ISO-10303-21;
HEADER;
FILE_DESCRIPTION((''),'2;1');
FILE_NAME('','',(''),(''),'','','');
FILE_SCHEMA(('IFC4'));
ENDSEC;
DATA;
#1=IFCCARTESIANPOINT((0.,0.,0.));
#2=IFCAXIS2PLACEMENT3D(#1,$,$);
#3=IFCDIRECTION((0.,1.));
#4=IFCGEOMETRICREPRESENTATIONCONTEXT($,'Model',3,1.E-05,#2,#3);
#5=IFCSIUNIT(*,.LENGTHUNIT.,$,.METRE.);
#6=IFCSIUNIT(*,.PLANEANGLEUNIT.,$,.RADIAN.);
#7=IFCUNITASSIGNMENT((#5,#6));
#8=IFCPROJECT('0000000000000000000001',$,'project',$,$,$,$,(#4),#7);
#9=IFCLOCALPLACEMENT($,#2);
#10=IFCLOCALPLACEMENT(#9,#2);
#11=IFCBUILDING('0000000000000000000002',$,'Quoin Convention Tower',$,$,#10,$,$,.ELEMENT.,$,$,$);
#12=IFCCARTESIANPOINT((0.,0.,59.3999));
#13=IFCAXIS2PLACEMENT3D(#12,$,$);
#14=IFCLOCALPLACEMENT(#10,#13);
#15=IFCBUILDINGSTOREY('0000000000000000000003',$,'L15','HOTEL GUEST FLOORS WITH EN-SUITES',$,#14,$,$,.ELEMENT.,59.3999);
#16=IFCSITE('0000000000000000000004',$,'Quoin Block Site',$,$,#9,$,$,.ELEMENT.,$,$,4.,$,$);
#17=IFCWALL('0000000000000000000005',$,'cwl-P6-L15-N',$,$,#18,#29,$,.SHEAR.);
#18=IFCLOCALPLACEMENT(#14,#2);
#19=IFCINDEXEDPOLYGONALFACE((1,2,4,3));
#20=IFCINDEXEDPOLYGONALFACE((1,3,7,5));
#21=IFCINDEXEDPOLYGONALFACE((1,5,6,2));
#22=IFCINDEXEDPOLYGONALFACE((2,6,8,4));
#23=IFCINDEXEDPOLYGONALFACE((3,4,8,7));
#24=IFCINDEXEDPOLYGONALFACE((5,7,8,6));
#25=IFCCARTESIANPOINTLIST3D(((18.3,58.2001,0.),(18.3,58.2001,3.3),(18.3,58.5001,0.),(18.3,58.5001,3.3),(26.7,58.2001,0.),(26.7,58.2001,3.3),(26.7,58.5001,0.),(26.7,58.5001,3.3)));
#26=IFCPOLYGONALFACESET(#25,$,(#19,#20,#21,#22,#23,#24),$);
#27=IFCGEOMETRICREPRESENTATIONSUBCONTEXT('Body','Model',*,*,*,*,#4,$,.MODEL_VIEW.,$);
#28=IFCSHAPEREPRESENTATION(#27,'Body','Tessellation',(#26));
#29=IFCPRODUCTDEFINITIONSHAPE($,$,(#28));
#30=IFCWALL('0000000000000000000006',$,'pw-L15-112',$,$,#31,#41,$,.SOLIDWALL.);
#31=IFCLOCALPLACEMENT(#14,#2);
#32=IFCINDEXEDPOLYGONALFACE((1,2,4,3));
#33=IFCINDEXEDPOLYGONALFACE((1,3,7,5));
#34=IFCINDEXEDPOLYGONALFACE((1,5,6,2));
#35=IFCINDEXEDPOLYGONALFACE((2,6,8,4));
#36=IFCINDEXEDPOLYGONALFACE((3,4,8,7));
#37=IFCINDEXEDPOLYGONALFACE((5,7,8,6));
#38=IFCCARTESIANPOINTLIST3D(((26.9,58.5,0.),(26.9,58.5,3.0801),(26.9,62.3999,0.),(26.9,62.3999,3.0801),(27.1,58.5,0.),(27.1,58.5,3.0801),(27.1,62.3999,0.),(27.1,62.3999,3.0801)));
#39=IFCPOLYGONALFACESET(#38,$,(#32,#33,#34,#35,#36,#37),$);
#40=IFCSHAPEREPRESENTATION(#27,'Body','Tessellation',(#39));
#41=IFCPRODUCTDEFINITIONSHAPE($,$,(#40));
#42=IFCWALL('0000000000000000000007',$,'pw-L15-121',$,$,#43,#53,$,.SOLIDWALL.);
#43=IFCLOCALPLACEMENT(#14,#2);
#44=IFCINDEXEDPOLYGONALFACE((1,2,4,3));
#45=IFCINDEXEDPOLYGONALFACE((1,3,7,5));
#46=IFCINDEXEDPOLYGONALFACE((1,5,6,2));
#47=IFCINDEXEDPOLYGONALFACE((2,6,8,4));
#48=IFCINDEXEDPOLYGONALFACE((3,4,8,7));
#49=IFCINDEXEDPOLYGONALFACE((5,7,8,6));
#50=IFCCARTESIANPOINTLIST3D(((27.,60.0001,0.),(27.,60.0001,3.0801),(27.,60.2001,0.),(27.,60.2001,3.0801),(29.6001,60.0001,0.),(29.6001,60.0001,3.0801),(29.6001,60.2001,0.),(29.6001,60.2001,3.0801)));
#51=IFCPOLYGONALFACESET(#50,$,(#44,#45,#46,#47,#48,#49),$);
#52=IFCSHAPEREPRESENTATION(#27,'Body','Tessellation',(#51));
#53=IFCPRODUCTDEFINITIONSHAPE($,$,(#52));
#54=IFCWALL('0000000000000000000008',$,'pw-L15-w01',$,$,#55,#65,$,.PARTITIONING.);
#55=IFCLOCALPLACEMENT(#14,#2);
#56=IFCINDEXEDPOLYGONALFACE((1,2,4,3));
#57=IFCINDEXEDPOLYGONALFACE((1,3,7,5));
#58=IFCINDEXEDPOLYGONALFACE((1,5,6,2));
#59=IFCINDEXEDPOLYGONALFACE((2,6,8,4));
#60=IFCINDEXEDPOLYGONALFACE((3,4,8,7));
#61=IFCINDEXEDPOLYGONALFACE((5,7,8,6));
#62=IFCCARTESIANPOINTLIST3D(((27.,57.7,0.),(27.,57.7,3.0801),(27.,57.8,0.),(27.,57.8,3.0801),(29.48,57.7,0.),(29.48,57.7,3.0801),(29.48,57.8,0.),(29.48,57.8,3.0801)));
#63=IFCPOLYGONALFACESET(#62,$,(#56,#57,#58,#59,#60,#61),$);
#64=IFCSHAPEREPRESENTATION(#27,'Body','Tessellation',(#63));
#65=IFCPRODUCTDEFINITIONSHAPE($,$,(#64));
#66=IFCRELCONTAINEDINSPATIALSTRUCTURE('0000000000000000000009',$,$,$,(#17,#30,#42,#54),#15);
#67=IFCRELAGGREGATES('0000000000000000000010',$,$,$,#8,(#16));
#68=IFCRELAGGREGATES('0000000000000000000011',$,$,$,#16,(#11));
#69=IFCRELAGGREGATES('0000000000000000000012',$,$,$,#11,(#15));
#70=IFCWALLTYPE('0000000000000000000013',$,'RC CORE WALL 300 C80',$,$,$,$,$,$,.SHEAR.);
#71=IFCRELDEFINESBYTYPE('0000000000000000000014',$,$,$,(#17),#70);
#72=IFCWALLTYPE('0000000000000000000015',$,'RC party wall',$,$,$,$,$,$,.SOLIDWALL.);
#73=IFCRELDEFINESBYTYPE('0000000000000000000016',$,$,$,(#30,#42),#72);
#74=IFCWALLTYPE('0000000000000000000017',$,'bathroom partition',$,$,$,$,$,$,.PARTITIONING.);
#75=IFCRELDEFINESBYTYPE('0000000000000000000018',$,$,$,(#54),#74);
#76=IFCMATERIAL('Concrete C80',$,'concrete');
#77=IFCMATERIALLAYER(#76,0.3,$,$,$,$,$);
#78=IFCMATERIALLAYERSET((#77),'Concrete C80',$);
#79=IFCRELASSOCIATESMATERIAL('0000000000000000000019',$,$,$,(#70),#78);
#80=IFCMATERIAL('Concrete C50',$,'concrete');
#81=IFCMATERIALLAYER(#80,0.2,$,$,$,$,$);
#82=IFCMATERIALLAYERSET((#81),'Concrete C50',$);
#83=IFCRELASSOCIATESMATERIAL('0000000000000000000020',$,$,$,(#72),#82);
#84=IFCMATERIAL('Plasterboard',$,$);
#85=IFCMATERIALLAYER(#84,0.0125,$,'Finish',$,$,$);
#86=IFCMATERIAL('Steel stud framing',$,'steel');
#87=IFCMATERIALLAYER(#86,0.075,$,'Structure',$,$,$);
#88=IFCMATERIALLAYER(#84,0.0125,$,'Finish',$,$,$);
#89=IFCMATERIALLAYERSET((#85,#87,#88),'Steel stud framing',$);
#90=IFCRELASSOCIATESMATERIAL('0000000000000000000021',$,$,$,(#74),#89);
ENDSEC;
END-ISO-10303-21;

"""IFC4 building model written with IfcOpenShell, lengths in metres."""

from ifc_helpers import new_model, si_unit, direction, frame, frame_2d, origin, place, context, subcontext, project, spatial, rectangle, extrude, material, layer, layer_set, type_object, element, save


model = new_model("IFC4")

# Units and contexts
model_context = context("Model", 3, precision=1e-05, world=origin(), true_north=direction((0.0, 1.0)))
body_context = subcontext(model_context, "Body", "Model", "MODEL_VIEW")
ifc_project = project(units=[si_unit("LENGTHUNIT", "METRE"), si_unit("PLANEANGLEUNIT", "RADIAN")], contexts=[model_context])

# Site, building, storey
site_placement = place(None, origin())
site = spatial("IfcSite", under=ifc_project, at=site_placement, Name="Quoin Block Site", CompositionType="ELEMENT", RefElevation=4.0)
building_placement = place(site_placement, origin())
building = spatial("IfcBuilding", under=site, at=building_placement, Name="Quoin Convention Tower", CompositionType="ELEMENT")
storey_placement = place(building_placement, frame((0.0, 0.0, 59.3999)))
storey = spatial("IfcBuildingStorey", under=building, at=storey_placement, Name="L15", Description="HOTEL GUEST FLOORS WITH EN-SUITES", CompositionType="ELEMENT", Elevation=59.3999)

# Shared definitions
ifc_material_1 = material(Name="Concrete C80", Category="concrete")

# Walls
ifc_layer_1 = layer(ifc_material_1, 0.3)
ifc_layer_set_1 = layer_set([ifc_layer_1], Name="Concrete C80")
wall_type_1 = type_object("IfcWallType", Name="RC CORE WALL 300 C80", PredefinedType="SHEAR", material=ifc_layer_set_1)
wall_1_placement = place(storey_placement, frame((18.3, 58.3501, 0.0), z_axis=(0.0, 0.0, 1.0), x_axis=(1.0, 0.0, 0.0)))
element("IfcWall", 1, at=wall_1_placement, inside=storey, type_object=wall_type_1, Name="cwl-P6-L15-N", PredefinedType="SHEAR", context=body_context, shape_type="SweptSolid", body=[
    extrude(rectangle(XDim=8.3999, YDim=0.3, at=frame_2d((4.2, 0.0))), origin(), (0.0, 0.0, 1.0), 3.3),
])
ifc_material_2 = material(Name="Concrete C50", Category="concrete")
ifc_layer_2 = layer(ifc_material_2, 0.2)
ifc_layer_set_2 = layer_set([ifc_layer_2], Name="Concrete C50")
wall_type_2 = type_object("IfcWallType", Name="RC party wall", PredefinedType="SOLIDWALL", material=ifc_layer_set_2)
wall_2_placement = place(storey_placement, frame((27.0, 58.5, 0.0), z_axis=(0.0, 0.0, 1.0), x_axis=(0.0, 1.0, 0.0)))
element("IfcWall", 2, at=wall_2_placement, inside=storey, type_object=wall_type_2, Name="pw-L15-112", PredefinedType="SOLIDWALL", context=body_context, shape_type="SweptSolid", body=[
    extrude(rectangle(XDim=3.8999, YDim=0.2, at=frame_2d((1.95, 0.0))), origin(), (0.0, 0.0, 1.0), 3.0801),
])
wall_3_placement = place(storey_placement, frame((27.0, 60.1001, 0.0), z_axis=(0.0, 0.0, 1.0), x_axis=(1.0, 0.0, 0.0)))
element("IfcWall", 3, at=wall_3_placement, inside=storey, type_object=wall_type_2, Name="pw-L15-121", PredefinedType="SOLIDWALL", context=body_context, shape_type="SweptSolid", body=[
    extrude(rectangle(XDim=2.6001, YDim=0.2, at=frame_2d((1.3, 0.0))), origin(), (0.0, 0.0, 1.0), 3.0801),
])
ifc_material_3 = material(Name="Plasterboard")
ifc_layer_3 = layer(ifc_material_3, 0.0125, Name="Finish")
ifc_material_4 = material(Name="Steel stud framing", Category="steel")
ifc_layer_4 = layer(ifc_material_4, 0.075, Name="Structure")
ifc_layer_5 = layer(ifc_material_3, 0.0125, Name="Finish")
ifc_layer_set_3 = layer_set([ifc_layer_3, ifc_layer_4, ifc_layer_5], Name="Steel stud framing")
wall_type_3 = type_object("IfcWallType", Name="bathroom partition", PredefinedType="PARTITIONING", material=ifc_layer_set_3)
wall_4_placement = place(storey_placement, frame((27.0, 57.75, 0.0), z_axis=(0.0, 0.0, 1.0), x_axis=(1.0, 0.0, 0.0)))
element("IfcWall", 4, at=wall_4_placement, inside=storey, type_object=wall_type_3, Name="pw-L15-w01", PredefinedType="PARTITIONING", context=body_context, shape_type="SweptSolid", body=[
    extrude(rectangle(XDim=2.48, YDim=0.1001, at=frame_2d((1.24, 0.0))), origin(), (0.0, 0.0, 1.0), 3.0801),
])

save(model, "model.ifc")
